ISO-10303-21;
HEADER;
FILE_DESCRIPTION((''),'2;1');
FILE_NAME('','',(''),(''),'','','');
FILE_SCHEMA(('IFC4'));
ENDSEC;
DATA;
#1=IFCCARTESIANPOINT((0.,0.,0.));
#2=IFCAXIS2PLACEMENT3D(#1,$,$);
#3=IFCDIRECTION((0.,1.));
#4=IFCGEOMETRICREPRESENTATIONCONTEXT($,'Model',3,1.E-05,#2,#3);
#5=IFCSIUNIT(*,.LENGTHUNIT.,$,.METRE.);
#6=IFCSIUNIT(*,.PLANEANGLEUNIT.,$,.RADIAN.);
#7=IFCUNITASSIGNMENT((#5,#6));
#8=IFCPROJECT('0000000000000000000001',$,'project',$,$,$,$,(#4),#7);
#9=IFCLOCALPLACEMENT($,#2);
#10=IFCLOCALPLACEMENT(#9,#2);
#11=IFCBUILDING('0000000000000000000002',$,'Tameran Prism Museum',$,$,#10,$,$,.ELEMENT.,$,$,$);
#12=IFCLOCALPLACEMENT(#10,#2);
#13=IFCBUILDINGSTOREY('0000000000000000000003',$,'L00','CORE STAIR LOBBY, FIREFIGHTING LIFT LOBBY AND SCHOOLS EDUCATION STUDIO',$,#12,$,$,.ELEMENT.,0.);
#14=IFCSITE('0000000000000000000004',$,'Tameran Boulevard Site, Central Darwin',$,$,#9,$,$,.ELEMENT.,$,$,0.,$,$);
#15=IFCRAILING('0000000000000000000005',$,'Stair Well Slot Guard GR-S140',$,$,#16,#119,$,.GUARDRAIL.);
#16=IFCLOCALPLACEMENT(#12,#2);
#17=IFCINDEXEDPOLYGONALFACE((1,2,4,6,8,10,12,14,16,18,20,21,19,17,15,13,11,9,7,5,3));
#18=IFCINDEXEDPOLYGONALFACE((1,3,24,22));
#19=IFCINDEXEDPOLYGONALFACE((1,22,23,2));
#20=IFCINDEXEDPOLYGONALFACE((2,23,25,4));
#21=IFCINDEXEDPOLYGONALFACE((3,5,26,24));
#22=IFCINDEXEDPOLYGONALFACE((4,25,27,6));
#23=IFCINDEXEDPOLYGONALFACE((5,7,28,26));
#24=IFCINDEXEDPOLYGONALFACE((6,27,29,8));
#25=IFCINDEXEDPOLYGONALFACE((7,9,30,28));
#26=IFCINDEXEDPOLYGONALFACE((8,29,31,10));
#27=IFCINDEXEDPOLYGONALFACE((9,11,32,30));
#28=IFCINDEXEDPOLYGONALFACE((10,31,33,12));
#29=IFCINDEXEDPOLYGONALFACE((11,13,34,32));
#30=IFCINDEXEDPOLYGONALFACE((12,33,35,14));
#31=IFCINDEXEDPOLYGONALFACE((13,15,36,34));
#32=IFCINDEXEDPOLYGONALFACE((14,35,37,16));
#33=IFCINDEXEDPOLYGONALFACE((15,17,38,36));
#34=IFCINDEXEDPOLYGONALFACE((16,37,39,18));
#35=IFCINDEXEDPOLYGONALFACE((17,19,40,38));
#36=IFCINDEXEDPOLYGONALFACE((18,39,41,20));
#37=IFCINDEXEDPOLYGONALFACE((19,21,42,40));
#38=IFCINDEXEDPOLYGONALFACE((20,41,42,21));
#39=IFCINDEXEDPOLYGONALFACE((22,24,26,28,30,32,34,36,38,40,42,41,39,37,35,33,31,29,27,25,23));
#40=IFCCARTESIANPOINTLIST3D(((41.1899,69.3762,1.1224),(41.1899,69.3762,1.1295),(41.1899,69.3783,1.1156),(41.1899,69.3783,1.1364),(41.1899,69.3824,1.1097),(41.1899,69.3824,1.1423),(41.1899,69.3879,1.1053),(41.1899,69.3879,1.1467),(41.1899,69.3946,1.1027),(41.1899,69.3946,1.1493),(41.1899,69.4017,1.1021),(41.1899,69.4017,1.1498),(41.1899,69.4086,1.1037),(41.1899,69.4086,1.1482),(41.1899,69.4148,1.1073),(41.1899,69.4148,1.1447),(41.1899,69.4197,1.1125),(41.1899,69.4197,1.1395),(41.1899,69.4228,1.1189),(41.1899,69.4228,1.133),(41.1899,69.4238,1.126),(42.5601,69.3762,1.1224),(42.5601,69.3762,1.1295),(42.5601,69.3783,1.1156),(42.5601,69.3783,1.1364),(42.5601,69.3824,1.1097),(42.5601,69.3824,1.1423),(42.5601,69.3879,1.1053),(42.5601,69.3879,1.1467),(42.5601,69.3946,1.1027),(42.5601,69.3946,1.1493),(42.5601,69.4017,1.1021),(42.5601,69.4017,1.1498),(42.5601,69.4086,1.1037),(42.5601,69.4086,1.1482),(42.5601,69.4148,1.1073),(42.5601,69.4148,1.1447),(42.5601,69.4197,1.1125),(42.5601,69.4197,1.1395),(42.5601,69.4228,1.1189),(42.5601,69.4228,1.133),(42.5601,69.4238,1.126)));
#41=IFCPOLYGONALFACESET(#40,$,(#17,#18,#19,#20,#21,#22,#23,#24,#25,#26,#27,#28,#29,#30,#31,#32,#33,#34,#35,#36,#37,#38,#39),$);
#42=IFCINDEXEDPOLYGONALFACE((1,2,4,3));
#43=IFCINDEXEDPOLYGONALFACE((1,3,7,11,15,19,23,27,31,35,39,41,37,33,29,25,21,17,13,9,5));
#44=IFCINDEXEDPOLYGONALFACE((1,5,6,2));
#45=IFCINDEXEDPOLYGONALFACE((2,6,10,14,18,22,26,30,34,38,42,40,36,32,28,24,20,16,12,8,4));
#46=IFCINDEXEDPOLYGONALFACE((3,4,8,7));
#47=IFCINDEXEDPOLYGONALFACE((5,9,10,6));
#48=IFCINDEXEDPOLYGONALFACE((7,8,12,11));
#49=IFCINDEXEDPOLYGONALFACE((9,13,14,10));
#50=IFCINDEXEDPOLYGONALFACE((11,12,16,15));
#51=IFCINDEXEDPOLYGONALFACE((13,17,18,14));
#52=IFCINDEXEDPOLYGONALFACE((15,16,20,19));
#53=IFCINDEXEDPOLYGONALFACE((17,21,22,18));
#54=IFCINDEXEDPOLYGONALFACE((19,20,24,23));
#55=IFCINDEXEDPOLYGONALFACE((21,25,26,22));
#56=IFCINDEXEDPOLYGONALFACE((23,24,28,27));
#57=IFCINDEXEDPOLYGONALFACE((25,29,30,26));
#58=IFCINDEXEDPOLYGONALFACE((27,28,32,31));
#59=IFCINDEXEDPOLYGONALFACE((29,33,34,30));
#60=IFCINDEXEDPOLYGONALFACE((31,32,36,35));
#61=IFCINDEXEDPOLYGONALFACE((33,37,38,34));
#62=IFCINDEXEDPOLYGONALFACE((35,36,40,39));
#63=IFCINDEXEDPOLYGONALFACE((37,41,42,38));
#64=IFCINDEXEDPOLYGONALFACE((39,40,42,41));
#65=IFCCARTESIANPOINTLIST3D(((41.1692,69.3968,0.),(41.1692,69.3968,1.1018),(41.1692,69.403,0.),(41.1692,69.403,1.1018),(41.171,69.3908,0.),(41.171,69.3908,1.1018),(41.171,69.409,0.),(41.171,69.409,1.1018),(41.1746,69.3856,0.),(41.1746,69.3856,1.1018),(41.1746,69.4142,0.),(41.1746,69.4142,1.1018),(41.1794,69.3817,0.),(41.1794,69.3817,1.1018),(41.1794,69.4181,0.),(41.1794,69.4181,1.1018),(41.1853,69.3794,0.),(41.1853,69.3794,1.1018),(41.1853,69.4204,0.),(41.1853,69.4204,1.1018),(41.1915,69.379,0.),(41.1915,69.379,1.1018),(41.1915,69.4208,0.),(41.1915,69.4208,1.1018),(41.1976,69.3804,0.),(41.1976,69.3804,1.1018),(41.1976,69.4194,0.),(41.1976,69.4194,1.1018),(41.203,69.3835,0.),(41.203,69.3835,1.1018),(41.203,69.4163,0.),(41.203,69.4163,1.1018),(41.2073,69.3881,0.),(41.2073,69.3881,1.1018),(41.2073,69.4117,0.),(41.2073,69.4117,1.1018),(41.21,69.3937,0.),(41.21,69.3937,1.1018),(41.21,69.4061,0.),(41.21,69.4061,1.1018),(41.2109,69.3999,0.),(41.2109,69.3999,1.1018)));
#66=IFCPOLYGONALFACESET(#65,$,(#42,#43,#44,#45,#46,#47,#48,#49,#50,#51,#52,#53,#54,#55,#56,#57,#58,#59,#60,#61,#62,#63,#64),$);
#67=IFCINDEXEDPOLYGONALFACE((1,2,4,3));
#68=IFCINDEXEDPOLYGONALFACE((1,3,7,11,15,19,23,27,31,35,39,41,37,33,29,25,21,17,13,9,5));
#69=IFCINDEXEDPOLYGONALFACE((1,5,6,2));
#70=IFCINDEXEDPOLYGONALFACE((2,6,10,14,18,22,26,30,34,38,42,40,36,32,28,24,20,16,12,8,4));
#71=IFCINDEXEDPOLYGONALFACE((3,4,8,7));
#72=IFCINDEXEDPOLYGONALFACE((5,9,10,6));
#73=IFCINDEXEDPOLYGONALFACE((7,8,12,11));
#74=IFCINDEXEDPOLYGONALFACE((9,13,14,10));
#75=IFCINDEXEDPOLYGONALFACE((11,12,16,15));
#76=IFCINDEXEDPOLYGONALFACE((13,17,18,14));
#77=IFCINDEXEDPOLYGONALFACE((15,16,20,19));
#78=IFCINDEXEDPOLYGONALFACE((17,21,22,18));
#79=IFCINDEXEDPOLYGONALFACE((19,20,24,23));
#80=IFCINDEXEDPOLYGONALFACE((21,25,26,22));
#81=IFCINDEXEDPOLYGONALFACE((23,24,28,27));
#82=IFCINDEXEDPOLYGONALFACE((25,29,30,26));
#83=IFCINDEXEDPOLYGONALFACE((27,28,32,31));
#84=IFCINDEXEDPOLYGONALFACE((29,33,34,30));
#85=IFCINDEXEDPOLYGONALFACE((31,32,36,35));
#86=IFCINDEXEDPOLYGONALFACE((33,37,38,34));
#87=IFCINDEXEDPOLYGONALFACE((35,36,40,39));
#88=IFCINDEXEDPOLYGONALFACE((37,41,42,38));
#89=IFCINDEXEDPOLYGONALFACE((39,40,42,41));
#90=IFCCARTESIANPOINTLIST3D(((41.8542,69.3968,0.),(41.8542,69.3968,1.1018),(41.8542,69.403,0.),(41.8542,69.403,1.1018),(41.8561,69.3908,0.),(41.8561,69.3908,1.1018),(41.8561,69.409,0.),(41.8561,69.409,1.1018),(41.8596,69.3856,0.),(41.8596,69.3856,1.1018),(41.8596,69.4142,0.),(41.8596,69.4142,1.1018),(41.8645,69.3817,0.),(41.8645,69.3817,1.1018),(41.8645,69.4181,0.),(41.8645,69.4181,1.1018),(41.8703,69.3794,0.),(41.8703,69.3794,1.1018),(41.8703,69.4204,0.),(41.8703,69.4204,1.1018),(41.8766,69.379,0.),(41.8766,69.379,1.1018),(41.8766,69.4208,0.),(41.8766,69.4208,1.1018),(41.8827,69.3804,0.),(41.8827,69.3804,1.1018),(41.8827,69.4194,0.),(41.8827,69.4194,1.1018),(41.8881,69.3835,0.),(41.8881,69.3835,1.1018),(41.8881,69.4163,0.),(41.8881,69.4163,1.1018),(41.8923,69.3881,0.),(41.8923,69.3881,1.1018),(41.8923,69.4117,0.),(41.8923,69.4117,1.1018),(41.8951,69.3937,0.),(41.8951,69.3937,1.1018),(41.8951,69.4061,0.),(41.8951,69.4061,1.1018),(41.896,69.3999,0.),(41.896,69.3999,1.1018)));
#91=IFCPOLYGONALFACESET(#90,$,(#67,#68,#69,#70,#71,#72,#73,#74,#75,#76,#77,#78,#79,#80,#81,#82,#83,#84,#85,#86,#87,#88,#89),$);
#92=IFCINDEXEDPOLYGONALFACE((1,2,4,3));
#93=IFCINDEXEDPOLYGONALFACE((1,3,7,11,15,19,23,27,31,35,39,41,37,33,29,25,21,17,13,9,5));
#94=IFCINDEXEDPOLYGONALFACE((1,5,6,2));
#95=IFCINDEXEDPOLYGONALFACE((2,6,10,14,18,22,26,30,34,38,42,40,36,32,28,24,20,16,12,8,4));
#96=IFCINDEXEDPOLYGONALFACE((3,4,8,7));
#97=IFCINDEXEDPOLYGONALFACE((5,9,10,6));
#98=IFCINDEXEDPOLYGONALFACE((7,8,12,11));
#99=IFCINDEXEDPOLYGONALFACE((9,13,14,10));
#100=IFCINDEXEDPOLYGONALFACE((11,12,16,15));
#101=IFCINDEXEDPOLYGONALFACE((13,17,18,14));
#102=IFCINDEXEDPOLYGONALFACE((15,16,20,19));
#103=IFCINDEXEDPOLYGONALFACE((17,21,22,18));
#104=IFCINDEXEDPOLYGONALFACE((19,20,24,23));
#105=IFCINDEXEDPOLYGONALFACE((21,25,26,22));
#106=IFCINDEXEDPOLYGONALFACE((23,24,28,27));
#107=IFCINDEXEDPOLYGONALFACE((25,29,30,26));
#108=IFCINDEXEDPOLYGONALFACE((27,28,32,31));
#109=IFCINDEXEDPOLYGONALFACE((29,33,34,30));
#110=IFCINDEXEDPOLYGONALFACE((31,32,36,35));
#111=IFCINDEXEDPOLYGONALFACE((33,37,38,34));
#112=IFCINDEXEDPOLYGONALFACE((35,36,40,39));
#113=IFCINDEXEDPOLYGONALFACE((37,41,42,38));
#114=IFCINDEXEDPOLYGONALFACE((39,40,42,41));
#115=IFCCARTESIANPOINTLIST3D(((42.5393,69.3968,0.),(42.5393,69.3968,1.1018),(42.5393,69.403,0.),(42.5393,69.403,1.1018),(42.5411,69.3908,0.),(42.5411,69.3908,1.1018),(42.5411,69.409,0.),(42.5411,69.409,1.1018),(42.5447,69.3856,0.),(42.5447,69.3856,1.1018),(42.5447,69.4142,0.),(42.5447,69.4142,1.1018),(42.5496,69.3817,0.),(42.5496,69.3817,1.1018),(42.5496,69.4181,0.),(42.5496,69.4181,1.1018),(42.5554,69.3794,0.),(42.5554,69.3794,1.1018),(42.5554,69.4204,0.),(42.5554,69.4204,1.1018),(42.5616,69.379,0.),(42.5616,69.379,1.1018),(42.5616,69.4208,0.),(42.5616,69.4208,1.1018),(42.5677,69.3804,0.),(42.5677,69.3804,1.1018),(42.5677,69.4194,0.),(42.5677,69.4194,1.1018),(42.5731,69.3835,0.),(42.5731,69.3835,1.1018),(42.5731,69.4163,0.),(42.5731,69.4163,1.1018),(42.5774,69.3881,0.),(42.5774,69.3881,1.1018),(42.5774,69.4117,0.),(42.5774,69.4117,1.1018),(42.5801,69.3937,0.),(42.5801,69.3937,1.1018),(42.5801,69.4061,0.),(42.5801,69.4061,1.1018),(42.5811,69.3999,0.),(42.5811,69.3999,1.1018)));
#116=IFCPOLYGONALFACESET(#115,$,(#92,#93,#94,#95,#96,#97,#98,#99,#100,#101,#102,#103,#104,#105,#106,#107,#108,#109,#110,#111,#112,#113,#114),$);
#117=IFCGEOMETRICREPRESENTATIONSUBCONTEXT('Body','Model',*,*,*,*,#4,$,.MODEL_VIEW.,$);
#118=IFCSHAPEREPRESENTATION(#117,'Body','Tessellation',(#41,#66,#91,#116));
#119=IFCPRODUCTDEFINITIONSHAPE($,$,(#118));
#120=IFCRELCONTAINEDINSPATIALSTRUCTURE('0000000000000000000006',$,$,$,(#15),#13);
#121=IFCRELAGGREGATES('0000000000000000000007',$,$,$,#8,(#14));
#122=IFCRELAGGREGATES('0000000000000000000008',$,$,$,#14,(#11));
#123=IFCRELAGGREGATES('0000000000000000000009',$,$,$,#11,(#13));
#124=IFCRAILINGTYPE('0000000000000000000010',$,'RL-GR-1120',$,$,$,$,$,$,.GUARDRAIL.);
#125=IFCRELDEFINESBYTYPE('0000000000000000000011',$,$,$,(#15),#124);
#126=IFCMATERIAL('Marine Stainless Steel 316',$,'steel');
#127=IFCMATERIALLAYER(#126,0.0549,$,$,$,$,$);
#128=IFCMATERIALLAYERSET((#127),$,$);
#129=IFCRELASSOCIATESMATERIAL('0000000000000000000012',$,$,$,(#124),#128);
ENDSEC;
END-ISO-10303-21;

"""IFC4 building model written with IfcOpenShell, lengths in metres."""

from ifc_helpers import new_model, si_unit, direction, frame, origin, origin_2d, place, context, subcontext, project, spatial, circle, extrude, material, layer, layer_set, type_object, element, save


model = new_model("IFC4")

# Units and contexts
model_context = context("Model", 3, precision=1e-05, world=origin(), true_north=direction((0.0, 1.0)))
body_context = subcontext(model_context, "Body", "Model", "MODEL_VIEW")
ifc_project = project(units=[si_unit("LENGTHUNIT", "METRE"), si_unit("PLANEANGLEUNIT", "RADIAN")], contexts=[model_context])

# Site, building, storey
site_placement = place(None, origin())
site = spatial("IfcSite", under=ifc_project, at=site_placement, Name="Tameran Boulevard Site, Central Darwin", CompositionType="ELEMENT", RefElevation=0.0)
building_placement = place(site_placement, origin())
building = spatial("IfcBuilding", under=site, at=building_placement, Name="Tameran Prism Museum", CompositionType="ELEMENT")
storey_placement = place(building_placement, origin())
storey = spatial("IfcBuildingStorey", under=building, at=storey_placement, Name="L00", Description="CORE STAIR LOBBY, FIREFIGHTING LIFT LOBBY AND SCHOOLS EDUCATION STUDIO", CompositionType="ELEMENT", Elevation=0.0)

# Railing
ifc_material_1 = material(Name="Marine Stainless Steel 316", Category="steel")
ifc_layer_1 = layer(ifc_material_1, 0.0549)
ifc_layer_set_1 = layer_set([ifc_layer_1])
railing_type_1 = type_object("IfcRailingType", Name="RL-GR-1120", PredefinedType="GUARDRAIL", material=ifc_layer_set_1)
railing_1_placement = place(storey_placement, frame((41.1899, 69.3999, 0.0)))
element("IfcRailing", 1, at=railing_1_placement, inside=storey, type_object=railing_type_1, Name="Stair Well Slot Guard GR-S140", PredefinedType="GUARDRAIL", context=body_context, shape_type="SweptSolid", body=[
    extrude(circle(Radius=0.0239, at=origin_2d()), frame((0.0, 0.0, 1.126), z_axis=(1.0, 0.0, 0.0), x_axis=(0.0, 1.0, 0.0)), (0.0, 0.0, 1.0), 1.3701),
    extrude(circle(Radius=0.021, at=origin_2d()), origin(), (0.0, 0.0, 1.0), 1.1018),
    extrude(circle(Radius=0.021, at=origin_2d()), frame((0.6851, 0.0, 0.0)), (0.0, 0.0, 1.0), 1.1018),
    extrude(circle(Radius=0.021, at=origin_2d()), frame((1.3701, 0.0, 0.0)), (0.0, 0.0, 1.0), 1.1018),
])

save(model, "model.ifc")
